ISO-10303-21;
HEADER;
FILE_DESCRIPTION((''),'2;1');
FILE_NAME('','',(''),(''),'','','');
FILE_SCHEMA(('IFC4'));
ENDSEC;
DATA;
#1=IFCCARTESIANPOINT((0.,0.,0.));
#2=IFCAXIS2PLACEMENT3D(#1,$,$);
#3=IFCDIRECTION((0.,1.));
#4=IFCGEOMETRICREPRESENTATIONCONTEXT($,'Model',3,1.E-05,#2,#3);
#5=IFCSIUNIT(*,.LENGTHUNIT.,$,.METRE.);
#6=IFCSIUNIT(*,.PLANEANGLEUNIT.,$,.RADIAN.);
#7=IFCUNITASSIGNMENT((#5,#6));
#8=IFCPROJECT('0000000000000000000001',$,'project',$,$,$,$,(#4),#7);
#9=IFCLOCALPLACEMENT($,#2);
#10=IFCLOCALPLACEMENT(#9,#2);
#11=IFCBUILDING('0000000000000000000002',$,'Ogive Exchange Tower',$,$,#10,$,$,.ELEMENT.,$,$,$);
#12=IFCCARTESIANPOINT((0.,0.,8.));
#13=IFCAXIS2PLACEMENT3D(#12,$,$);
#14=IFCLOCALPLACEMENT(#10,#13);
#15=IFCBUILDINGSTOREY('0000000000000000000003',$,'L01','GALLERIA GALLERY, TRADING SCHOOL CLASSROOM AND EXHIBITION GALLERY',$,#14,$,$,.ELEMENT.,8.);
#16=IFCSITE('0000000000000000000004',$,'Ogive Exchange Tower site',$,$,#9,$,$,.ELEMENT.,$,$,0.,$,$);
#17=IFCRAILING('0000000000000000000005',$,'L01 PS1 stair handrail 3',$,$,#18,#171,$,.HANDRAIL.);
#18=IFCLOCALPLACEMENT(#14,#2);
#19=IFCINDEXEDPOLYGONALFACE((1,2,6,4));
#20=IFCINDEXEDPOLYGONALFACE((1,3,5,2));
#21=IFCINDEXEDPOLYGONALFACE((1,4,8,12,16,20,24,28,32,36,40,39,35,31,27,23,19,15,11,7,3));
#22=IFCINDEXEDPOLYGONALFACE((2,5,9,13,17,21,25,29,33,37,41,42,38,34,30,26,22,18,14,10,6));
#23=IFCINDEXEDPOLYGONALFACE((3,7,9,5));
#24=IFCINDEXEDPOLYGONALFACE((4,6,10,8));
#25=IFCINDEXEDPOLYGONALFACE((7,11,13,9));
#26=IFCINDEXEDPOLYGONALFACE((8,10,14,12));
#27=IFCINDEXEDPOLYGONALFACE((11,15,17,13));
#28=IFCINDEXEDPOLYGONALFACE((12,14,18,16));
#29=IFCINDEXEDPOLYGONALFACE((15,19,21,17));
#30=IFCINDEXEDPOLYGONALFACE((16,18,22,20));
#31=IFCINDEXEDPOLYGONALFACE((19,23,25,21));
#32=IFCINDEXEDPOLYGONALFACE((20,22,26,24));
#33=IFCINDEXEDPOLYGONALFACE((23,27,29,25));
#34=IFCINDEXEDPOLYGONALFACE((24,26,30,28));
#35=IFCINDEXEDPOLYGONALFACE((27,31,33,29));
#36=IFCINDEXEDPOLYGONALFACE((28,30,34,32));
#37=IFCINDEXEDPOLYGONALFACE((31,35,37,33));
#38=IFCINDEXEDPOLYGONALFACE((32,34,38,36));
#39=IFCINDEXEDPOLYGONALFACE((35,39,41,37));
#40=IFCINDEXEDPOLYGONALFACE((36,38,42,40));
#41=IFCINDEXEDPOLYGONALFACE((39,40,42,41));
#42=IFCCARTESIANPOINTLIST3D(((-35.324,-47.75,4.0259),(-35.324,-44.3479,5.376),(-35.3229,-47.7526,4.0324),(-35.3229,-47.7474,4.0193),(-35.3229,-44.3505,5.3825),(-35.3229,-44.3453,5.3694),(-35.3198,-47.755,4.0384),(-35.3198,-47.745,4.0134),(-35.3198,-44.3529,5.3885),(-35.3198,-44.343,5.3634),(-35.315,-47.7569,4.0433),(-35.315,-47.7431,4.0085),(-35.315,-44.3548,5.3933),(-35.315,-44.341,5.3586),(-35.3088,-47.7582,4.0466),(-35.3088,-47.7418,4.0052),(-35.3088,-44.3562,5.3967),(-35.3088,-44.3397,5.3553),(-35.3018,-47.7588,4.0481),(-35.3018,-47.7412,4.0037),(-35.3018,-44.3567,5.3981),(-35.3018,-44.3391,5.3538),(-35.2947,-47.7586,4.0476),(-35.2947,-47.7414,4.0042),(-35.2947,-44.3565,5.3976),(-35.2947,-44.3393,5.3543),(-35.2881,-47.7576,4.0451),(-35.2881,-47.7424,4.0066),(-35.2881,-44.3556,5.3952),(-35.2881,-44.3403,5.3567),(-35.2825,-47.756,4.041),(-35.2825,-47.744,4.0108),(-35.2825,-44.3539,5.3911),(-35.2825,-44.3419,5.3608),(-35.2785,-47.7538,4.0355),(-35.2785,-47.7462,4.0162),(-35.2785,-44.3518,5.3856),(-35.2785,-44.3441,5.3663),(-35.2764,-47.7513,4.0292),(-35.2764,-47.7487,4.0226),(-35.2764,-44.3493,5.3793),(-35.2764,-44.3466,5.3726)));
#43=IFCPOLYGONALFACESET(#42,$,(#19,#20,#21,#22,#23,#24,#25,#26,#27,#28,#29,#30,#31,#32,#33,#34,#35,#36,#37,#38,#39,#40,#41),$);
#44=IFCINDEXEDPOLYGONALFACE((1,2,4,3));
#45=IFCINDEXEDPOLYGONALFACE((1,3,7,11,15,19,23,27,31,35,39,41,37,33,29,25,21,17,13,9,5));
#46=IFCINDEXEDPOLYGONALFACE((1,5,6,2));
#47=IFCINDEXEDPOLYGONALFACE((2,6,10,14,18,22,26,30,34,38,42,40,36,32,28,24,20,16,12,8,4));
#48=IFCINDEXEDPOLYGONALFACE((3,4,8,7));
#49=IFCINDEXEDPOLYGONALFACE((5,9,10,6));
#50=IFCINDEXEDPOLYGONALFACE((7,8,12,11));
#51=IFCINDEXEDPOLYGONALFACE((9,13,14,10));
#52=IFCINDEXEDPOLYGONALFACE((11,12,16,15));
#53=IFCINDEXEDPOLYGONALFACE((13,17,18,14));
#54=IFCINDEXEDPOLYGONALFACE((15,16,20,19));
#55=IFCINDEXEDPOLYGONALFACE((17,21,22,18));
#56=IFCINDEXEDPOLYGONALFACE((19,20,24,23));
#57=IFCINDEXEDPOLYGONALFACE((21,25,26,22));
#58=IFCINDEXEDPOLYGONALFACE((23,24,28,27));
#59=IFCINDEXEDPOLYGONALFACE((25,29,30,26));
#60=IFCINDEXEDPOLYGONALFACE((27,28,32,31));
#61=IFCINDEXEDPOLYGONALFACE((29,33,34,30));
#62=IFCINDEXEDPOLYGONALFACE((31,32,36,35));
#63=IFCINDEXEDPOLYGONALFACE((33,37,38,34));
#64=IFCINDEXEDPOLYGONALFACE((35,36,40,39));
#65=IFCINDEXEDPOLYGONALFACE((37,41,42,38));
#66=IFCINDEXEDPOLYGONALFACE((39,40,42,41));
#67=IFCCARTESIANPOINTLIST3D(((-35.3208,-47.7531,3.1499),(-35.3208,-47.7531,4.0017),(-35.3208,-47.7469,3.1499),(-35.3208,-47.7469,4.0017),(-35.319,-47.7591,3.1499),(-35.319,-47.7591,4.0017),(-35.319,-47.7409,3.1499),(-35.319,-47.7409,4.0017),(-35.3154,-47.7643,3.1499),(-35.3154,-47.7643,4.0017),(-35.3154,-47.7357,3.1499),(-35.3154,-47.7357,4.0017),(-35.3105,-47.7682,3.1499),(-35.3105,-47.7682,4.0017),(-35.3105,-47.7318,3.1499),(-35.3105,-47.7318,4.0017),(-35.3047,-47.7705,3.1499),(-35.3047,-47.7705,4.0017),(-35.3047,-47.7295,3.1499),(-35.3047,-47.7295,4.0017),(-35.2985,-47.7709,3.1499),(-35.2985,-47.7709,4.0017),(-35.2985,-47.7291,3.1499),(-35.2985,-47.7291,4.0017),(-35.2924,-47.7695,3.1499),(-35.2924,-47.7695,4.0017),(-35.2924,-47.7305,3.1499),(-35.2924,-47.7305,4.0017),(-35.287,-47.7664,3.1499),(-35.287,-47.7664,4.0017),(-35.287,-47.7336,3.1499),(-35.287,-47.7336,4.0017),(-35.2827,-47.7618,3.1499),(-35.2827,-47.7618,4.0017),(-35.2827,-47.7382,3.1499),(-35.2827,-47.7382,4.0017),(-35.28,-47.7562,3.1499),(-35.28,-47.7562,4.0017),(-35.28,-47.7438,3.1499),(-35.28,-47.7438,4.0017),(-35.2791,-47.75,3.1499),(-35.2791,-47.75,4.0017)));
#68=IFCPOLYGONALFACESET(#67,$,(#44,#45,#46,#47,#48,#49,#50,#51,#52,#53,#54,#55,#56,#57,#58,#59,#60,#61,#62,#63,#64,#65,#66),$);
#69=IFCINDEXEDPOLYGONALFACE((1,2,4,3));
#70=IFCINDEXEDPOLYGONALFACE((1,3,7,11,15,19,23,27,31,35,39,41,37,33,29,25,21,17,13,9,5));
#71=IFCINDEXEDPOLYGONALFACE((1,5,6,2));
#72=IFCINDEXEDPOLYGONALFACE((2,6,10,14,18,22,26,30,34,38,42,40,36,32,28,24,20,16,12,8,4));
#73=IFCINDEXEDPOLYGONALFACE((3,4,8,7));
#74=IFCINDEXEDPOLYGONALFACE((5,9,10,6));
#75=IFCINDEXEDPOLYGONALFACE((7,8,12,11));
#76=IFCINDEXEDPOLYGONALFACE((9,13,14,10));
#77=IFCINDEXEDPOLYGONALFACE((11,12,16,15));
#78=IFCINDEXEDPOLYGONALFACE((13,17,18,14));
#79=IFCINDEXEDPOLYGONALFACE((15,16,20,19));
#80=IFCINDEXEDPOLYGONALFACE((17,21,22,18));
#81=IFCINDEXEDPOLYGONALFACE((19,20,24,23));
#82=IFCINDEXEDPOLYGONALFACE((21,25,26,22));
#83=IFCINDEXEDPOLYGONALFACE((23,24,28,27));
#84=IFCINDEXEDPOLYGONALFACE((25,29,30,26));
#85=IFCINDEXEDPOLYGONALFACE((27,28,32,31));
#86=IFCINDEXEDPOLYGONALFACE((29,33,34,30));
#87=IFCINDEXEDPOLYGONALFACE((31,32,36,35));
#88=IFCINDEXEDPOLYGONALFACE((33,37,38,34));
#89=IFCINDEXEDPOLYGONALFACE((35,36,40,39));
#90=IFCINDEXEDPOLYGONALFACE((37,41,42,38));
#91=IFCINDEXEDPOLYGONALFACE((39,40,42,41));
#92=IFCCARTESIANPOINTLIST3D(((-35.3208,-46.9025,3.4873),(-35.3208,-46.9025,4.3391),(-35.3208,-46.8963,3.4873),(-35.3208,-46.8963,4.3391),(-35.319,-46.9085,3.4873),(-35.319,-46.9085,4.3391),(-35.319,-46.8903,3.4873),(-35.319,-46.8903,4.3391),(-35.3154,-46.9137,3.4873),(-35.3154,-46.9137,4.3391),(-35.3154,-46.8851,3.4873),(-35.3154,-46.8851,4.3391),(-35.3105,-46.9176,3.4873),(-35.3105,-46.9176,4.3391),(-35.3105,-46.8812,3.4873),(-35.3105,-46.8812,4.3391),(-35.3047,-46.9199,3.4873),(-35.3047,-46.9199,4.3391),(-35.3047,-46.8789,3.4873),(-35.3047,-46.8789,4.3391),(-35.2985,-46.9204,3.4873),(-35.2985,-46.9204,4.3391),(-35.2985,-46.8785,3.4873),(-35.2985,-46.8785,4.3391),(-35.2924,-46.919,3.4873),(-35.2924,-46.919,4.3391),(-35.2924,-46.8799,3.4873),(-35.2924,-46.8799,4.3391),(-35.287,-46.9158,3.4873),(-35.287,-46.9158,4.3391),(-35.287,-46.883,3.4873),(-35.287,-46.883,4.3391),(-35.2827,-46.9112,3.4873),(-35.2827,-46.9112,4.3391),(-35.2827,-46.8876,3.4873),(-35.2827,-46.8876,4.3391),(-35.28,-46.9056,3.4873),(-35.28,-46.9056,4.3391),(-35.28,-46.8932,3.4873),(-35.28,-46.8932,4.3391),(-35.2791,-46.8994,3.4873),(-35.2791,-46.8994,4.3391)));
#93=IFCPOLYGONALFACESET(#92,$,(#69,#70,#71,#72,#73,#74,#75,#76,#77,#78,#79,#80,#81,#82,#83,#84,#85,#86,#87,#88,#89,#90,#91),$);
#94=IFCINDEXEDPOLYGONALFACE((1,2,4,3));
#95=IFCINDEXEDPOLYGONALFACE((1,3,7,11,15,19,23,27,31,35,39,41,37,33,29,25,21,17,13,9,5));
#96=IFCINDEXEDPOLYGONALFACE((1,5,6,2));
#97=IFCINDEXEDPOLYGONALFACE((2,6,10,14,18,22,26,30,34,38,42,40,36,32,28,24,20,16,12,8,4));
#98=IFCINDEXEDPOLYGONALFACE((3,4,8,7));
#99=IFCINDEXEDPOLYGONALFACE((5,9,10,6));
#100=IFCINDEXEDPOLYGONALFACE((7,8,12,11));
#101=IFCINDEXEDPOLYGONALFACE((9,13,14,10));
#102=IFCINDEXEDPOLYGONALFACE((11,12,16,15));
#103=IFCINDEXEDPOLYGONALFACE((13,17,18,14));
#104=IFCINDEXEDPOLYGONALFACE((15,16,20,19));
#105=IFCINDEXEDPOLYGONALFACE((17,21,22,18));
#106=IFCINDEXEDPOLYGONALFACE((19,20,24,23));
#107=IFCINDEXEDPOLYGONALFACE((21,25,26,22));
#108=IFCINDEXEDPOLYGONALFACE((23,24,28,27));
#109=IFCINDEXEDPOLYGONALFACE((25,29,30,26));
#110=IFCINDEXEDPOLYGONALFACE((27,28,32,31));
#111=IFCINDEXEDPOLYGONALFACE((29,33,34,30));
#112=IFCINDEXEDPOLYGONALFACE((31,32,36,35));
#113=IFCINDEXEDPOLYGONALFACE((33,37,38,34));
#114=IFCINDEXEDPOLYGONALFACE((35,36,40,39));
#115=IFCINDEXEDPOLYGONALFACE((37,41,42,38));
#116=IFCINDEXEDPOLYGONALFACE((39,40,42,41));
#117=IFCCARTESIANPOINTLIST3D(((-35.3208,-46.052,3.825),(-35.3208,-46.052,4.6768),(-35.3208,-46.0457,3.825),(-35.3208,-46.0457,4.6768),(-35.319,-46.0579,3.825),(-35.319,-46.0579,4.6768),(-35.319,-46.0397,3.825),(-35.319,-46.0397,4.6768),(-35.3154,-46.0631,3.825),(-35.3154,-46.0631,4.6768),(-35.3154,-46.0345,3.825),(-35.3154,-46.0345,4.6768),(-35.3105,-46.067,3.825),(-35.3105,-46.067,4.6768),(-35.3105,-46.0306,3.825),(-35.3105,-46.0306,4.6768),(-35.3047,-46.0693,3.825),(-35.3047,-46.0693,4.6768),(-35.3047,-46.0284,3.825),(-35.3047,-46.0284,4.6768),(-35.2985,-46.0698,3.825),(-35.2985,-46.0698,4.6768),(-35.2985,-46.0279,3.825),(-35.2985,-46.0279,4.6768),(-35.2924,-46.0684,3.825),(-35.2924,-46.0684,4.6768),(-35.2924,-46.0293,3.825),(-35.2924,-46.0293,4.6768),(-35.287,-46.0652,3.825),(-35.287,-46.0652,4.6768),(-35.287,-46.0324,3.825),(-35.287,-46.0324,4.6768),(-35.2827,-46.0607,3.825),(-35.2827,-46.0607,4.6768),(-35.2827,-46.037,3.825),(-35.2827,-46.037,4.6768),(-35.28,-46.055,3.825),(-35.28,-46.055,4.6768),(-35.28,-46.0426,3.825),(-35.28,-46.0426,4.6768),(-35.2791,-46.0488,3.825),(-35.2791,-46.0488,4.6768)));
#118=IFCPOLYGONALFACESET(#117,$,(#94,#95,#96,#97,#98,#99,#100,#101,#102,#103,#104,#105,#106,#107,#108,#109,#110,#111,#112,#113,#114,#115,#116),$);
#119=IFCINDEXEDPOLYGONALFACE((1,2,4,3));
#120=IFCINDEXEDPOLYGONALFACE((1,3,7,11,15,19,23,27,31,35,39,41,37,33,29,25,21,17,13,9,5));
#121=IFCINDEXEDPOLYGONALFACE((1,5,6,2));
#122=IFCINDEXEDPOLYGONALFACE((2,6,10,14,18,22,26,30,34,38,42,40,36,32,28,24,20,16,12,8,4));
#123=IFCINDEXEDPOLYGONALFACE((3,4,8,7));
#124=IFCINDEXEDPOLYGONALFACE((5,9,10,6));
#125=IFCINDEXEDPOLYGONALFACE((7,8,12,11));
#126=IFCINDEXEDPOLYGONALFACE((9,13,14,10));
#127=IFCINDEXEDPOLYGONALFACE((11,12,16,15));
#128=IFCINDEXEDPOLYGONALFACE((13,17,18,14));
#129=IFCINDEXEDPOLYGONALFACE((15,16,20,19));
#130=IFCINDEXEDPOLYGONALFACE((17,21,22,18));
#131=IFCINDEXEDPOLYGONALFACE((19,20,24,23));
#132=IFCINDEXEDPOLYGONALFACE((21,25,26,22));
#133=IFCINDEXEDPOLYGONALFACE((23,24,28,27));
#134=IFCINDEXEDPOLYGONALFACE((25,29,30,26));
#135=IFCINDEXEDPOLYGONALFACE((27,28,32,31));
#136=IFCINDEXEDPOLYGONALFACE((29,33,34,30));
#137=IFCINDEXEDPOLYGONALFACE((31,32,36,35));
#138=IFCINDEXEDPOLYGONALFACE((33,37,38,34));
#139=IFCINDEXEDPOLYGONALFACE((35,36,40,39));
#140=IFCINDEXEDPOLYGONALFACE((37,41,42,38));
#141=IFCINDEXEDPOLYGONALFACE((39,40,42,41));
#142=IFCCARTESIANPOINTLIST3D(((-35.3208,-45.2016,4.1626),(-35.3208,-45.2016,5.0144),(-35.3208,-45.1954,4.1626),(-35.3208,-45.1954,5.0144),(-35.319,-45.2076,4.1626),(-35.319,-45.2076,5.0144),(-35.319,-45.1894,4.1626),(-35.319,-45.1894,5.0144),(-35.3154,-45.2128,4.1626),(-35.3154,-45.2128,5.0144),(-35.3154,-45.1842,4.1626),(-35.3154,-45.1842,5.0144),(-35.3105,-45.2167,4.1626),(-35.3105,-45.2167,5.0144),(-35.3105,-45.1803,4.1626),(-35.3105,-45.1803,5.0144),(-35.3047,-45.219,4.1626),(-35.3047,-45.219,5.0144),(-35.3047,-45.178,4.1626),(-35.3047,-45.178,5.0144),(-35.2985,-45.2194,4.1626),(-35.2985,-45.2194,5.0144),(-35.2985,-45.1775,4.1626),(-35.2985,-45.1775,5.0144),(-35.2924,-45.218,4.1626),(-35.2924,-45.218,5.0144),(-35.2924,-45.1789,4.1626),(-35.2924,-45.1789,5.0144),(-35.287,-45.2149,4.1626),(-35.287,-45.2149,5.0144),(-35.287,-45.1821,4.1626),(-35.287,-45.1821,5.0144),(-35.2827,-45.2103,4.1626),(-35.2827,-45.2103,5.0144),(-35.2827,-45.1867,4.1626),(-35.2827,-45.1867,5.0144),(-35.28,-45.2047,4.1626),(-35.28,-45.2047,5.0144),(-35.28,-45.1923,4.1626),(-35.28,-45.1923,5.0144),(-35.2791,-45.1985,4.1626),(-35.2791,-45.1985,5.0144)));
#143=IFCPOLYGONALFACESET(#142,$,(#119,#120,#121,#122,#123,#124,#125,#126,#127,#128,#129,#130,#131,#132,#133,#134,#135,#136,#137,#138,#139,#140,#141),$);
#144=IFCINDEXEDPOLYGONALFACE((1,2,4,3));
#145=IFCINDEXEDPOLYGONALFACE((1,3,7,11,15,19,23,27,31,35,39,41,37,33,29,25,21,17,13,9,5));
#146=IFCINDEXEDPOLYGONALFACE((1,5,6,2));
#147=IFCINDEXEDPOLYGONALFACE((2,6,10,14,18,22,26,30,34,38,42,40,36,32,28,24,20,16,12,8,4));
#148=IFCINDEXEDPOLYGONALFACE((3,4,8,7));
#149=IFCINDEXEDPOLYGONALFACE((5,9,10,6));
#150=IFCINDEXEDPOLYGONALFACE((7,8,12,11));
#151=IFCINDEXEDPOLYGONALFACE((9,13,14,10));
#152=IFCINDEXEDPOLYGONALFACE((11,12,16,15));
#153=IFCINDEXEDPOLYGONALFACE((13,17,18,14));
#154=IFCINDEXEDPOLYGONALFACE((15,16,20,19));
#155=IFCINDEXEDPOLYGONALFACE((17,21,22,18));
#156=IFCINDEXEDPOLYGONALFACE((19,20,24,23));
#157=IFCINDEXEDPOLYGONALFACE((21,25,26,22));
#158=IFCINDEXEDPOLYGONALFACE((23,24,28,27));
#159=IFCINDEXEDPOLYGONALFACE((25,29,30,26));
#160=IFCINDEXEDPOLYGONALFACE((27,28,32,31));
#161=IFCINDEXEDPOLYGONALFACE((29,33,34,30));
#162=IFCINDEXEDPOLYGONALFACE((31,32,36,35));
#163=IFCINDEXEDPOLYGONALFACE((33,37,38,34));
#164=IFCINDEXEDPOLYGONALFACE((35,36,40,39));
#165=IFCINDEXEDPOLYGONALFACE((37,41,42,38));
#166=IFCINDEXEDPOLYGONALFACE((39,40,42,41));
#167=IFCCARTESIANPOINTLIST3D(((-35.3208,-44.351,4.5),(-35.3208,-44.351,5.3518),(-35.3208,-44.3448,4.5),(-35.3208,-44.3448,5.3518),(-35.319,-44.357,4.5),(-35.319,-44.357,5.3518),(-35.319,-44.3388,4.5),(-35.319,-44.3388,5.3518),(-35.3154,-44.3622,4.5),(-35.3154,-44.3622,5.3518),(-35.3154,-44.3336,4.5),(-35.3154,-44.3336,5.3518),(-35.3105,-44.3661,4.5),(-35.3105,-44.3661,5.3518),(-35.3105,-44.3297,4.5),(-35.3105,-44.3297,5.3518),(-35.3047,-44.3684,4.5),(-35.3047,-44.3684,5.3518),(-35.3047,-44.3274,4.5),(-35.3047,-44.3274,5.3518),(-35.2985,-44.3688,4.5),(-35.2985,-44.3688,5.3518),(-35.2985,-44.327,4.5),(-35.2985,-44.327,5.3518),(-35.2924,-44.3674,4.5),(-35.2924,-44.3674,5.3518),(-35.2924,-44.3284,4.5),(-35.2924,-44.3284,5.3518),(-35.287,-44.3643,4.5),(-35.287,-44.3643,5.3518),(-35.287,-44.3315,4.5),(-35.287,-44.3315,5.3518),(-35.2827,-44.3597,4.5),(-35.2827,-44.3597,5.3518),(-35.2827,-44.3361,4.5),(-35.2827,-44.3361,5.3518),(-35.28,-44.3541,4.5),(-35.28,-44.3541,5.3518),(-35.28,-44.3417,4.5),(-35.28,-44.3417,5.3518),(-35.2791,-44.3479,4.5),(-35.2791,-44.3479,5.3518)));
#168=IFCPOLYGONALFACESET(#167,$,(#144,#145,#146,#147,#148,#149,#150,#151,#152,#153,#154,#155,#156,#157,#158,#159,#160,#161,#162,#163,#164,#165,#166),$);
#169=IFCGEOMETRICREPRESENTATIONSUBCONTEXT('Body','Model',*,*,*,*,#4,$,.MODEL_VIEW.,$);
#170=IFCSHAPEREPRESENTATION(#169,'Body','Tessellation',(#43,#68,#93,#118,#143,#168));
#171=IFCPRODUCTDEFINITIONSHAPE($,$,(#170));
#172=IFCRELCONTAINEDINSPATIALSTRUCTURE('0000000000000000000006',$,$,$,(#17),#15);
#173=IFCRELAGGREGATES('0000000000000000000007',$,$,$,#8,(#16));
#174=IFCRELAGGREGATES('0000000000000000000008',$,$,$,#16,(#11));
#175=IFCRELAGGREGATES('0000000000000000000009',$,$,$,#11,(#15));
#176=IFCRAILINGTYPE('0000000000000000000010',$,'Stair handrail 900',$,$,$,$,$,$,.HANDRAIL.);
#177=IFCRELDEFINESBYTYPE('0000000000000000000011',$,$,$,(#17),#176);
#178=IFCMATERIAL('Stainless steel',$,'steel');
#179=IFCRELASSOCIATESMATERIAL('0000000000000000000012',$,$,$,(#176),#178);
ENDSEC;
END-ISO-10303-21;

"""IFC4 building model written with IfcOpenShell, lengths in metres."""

from ifc_helpers import new_model, si_unit, direction, frame, origin, origin_2d, place, context, subcontext, project, spatial, circle, extrude, material, type_object, element, save


model = new_model("IFC4")

# Units and contexts
model_context = context("Model", 3, precision=1e-05, world=origin(), true_north=direction((0.0, 1.0)))
body_context = subcontext(model_context, "Body", "Model", "MODEL_VIEW")
ifc_project = project(units=[si_unit("LENGTHUNIT", "METRE"), si_unit("PLANEANGLEUNIT", "RADIAN")], contexts=[model_context])

# Site, building, storey
site_placement = place(None, origin())
site = spatial("IfcSite", under=ifc_project, at=site_placement, Name="Ogive Exchange Tower site", CompositionType="ELEMENT", RefElevation=0.0)
building_placement = place(site_placement, origin())
building = spatial("IfcBuilding", under=site, at=building_placement, Name="Ogive Exchange Tower", CompositionType="ELEMENT")
storey_placement = place(building_placement, frame((0.0, 0.0, 8.0)))
storey = spatial("IfcBuildingStorey", under=building, at=storey_placement, Name="L01", Description="GALLERIA GALLERY, TRADING SCHOOL CLASSROOM AND EXHIBITION GALLERY", CompositionType="ELEMENT", Elevation=8.0)

# Railing
ifc_material_1 = material(Name="Stainless steel", Category="steel")
railing_type = type_object("IfcRailingType", Name="Stair handrail 900", PredefinedType="HANDRAIL", material=ifc_material_1)
for number, where, name in (
    (1, (-35.3, -47.75, 3.1499), "L01 PS1 stair handrail 3"),
):
    element("IfcRailing", number, at=place(storey_placement, frame(where)), inside=storey, type_object=railing_type, Name=name, PredefinedType="HANDRAIL", context=body_context, shape_type="SweptSolid", body=[
        extrude(circle(Radius=0.0239, at=origin_2d()), frame((0.0, 0.0, 0.876), z_axis=(0.0, 0.929485, 0.368859), x_axis=(-1.0, 0.0, 0.0)), (0.0, 0.0, 1.0), 3.6602),
        extrude(circle(Radius=0.021, at=origin_2d()), origin(), (0.0, 0.0, 1.0), 0.8518),
        extrude(circle(Radius=0.021, at=origin_2d()), frame((0.0, 0.8506, 0.3374)), (0.0, 0.0, 1.0), 0.8518),
        extrude(circle(Radius=0.021, at=origin_2d()), frame((0.0, 1.7012, 0.675)), (0.0, 0.0, 1.0), 0.8518),
        extrude(circle(Radius=0.021, at=origin_2d()), frame((0.0, 2.5515, 1.0127)), (0.0, 0.0, 1.0), 0.8518),
        extrude(circle(Radius=0.021, at=origin_2d()), frame((0.0, 3.4021, 1.3501)), (0.0, 0.0, 1.0), 0.8518),
    ])

save(model, "model.ifc")
